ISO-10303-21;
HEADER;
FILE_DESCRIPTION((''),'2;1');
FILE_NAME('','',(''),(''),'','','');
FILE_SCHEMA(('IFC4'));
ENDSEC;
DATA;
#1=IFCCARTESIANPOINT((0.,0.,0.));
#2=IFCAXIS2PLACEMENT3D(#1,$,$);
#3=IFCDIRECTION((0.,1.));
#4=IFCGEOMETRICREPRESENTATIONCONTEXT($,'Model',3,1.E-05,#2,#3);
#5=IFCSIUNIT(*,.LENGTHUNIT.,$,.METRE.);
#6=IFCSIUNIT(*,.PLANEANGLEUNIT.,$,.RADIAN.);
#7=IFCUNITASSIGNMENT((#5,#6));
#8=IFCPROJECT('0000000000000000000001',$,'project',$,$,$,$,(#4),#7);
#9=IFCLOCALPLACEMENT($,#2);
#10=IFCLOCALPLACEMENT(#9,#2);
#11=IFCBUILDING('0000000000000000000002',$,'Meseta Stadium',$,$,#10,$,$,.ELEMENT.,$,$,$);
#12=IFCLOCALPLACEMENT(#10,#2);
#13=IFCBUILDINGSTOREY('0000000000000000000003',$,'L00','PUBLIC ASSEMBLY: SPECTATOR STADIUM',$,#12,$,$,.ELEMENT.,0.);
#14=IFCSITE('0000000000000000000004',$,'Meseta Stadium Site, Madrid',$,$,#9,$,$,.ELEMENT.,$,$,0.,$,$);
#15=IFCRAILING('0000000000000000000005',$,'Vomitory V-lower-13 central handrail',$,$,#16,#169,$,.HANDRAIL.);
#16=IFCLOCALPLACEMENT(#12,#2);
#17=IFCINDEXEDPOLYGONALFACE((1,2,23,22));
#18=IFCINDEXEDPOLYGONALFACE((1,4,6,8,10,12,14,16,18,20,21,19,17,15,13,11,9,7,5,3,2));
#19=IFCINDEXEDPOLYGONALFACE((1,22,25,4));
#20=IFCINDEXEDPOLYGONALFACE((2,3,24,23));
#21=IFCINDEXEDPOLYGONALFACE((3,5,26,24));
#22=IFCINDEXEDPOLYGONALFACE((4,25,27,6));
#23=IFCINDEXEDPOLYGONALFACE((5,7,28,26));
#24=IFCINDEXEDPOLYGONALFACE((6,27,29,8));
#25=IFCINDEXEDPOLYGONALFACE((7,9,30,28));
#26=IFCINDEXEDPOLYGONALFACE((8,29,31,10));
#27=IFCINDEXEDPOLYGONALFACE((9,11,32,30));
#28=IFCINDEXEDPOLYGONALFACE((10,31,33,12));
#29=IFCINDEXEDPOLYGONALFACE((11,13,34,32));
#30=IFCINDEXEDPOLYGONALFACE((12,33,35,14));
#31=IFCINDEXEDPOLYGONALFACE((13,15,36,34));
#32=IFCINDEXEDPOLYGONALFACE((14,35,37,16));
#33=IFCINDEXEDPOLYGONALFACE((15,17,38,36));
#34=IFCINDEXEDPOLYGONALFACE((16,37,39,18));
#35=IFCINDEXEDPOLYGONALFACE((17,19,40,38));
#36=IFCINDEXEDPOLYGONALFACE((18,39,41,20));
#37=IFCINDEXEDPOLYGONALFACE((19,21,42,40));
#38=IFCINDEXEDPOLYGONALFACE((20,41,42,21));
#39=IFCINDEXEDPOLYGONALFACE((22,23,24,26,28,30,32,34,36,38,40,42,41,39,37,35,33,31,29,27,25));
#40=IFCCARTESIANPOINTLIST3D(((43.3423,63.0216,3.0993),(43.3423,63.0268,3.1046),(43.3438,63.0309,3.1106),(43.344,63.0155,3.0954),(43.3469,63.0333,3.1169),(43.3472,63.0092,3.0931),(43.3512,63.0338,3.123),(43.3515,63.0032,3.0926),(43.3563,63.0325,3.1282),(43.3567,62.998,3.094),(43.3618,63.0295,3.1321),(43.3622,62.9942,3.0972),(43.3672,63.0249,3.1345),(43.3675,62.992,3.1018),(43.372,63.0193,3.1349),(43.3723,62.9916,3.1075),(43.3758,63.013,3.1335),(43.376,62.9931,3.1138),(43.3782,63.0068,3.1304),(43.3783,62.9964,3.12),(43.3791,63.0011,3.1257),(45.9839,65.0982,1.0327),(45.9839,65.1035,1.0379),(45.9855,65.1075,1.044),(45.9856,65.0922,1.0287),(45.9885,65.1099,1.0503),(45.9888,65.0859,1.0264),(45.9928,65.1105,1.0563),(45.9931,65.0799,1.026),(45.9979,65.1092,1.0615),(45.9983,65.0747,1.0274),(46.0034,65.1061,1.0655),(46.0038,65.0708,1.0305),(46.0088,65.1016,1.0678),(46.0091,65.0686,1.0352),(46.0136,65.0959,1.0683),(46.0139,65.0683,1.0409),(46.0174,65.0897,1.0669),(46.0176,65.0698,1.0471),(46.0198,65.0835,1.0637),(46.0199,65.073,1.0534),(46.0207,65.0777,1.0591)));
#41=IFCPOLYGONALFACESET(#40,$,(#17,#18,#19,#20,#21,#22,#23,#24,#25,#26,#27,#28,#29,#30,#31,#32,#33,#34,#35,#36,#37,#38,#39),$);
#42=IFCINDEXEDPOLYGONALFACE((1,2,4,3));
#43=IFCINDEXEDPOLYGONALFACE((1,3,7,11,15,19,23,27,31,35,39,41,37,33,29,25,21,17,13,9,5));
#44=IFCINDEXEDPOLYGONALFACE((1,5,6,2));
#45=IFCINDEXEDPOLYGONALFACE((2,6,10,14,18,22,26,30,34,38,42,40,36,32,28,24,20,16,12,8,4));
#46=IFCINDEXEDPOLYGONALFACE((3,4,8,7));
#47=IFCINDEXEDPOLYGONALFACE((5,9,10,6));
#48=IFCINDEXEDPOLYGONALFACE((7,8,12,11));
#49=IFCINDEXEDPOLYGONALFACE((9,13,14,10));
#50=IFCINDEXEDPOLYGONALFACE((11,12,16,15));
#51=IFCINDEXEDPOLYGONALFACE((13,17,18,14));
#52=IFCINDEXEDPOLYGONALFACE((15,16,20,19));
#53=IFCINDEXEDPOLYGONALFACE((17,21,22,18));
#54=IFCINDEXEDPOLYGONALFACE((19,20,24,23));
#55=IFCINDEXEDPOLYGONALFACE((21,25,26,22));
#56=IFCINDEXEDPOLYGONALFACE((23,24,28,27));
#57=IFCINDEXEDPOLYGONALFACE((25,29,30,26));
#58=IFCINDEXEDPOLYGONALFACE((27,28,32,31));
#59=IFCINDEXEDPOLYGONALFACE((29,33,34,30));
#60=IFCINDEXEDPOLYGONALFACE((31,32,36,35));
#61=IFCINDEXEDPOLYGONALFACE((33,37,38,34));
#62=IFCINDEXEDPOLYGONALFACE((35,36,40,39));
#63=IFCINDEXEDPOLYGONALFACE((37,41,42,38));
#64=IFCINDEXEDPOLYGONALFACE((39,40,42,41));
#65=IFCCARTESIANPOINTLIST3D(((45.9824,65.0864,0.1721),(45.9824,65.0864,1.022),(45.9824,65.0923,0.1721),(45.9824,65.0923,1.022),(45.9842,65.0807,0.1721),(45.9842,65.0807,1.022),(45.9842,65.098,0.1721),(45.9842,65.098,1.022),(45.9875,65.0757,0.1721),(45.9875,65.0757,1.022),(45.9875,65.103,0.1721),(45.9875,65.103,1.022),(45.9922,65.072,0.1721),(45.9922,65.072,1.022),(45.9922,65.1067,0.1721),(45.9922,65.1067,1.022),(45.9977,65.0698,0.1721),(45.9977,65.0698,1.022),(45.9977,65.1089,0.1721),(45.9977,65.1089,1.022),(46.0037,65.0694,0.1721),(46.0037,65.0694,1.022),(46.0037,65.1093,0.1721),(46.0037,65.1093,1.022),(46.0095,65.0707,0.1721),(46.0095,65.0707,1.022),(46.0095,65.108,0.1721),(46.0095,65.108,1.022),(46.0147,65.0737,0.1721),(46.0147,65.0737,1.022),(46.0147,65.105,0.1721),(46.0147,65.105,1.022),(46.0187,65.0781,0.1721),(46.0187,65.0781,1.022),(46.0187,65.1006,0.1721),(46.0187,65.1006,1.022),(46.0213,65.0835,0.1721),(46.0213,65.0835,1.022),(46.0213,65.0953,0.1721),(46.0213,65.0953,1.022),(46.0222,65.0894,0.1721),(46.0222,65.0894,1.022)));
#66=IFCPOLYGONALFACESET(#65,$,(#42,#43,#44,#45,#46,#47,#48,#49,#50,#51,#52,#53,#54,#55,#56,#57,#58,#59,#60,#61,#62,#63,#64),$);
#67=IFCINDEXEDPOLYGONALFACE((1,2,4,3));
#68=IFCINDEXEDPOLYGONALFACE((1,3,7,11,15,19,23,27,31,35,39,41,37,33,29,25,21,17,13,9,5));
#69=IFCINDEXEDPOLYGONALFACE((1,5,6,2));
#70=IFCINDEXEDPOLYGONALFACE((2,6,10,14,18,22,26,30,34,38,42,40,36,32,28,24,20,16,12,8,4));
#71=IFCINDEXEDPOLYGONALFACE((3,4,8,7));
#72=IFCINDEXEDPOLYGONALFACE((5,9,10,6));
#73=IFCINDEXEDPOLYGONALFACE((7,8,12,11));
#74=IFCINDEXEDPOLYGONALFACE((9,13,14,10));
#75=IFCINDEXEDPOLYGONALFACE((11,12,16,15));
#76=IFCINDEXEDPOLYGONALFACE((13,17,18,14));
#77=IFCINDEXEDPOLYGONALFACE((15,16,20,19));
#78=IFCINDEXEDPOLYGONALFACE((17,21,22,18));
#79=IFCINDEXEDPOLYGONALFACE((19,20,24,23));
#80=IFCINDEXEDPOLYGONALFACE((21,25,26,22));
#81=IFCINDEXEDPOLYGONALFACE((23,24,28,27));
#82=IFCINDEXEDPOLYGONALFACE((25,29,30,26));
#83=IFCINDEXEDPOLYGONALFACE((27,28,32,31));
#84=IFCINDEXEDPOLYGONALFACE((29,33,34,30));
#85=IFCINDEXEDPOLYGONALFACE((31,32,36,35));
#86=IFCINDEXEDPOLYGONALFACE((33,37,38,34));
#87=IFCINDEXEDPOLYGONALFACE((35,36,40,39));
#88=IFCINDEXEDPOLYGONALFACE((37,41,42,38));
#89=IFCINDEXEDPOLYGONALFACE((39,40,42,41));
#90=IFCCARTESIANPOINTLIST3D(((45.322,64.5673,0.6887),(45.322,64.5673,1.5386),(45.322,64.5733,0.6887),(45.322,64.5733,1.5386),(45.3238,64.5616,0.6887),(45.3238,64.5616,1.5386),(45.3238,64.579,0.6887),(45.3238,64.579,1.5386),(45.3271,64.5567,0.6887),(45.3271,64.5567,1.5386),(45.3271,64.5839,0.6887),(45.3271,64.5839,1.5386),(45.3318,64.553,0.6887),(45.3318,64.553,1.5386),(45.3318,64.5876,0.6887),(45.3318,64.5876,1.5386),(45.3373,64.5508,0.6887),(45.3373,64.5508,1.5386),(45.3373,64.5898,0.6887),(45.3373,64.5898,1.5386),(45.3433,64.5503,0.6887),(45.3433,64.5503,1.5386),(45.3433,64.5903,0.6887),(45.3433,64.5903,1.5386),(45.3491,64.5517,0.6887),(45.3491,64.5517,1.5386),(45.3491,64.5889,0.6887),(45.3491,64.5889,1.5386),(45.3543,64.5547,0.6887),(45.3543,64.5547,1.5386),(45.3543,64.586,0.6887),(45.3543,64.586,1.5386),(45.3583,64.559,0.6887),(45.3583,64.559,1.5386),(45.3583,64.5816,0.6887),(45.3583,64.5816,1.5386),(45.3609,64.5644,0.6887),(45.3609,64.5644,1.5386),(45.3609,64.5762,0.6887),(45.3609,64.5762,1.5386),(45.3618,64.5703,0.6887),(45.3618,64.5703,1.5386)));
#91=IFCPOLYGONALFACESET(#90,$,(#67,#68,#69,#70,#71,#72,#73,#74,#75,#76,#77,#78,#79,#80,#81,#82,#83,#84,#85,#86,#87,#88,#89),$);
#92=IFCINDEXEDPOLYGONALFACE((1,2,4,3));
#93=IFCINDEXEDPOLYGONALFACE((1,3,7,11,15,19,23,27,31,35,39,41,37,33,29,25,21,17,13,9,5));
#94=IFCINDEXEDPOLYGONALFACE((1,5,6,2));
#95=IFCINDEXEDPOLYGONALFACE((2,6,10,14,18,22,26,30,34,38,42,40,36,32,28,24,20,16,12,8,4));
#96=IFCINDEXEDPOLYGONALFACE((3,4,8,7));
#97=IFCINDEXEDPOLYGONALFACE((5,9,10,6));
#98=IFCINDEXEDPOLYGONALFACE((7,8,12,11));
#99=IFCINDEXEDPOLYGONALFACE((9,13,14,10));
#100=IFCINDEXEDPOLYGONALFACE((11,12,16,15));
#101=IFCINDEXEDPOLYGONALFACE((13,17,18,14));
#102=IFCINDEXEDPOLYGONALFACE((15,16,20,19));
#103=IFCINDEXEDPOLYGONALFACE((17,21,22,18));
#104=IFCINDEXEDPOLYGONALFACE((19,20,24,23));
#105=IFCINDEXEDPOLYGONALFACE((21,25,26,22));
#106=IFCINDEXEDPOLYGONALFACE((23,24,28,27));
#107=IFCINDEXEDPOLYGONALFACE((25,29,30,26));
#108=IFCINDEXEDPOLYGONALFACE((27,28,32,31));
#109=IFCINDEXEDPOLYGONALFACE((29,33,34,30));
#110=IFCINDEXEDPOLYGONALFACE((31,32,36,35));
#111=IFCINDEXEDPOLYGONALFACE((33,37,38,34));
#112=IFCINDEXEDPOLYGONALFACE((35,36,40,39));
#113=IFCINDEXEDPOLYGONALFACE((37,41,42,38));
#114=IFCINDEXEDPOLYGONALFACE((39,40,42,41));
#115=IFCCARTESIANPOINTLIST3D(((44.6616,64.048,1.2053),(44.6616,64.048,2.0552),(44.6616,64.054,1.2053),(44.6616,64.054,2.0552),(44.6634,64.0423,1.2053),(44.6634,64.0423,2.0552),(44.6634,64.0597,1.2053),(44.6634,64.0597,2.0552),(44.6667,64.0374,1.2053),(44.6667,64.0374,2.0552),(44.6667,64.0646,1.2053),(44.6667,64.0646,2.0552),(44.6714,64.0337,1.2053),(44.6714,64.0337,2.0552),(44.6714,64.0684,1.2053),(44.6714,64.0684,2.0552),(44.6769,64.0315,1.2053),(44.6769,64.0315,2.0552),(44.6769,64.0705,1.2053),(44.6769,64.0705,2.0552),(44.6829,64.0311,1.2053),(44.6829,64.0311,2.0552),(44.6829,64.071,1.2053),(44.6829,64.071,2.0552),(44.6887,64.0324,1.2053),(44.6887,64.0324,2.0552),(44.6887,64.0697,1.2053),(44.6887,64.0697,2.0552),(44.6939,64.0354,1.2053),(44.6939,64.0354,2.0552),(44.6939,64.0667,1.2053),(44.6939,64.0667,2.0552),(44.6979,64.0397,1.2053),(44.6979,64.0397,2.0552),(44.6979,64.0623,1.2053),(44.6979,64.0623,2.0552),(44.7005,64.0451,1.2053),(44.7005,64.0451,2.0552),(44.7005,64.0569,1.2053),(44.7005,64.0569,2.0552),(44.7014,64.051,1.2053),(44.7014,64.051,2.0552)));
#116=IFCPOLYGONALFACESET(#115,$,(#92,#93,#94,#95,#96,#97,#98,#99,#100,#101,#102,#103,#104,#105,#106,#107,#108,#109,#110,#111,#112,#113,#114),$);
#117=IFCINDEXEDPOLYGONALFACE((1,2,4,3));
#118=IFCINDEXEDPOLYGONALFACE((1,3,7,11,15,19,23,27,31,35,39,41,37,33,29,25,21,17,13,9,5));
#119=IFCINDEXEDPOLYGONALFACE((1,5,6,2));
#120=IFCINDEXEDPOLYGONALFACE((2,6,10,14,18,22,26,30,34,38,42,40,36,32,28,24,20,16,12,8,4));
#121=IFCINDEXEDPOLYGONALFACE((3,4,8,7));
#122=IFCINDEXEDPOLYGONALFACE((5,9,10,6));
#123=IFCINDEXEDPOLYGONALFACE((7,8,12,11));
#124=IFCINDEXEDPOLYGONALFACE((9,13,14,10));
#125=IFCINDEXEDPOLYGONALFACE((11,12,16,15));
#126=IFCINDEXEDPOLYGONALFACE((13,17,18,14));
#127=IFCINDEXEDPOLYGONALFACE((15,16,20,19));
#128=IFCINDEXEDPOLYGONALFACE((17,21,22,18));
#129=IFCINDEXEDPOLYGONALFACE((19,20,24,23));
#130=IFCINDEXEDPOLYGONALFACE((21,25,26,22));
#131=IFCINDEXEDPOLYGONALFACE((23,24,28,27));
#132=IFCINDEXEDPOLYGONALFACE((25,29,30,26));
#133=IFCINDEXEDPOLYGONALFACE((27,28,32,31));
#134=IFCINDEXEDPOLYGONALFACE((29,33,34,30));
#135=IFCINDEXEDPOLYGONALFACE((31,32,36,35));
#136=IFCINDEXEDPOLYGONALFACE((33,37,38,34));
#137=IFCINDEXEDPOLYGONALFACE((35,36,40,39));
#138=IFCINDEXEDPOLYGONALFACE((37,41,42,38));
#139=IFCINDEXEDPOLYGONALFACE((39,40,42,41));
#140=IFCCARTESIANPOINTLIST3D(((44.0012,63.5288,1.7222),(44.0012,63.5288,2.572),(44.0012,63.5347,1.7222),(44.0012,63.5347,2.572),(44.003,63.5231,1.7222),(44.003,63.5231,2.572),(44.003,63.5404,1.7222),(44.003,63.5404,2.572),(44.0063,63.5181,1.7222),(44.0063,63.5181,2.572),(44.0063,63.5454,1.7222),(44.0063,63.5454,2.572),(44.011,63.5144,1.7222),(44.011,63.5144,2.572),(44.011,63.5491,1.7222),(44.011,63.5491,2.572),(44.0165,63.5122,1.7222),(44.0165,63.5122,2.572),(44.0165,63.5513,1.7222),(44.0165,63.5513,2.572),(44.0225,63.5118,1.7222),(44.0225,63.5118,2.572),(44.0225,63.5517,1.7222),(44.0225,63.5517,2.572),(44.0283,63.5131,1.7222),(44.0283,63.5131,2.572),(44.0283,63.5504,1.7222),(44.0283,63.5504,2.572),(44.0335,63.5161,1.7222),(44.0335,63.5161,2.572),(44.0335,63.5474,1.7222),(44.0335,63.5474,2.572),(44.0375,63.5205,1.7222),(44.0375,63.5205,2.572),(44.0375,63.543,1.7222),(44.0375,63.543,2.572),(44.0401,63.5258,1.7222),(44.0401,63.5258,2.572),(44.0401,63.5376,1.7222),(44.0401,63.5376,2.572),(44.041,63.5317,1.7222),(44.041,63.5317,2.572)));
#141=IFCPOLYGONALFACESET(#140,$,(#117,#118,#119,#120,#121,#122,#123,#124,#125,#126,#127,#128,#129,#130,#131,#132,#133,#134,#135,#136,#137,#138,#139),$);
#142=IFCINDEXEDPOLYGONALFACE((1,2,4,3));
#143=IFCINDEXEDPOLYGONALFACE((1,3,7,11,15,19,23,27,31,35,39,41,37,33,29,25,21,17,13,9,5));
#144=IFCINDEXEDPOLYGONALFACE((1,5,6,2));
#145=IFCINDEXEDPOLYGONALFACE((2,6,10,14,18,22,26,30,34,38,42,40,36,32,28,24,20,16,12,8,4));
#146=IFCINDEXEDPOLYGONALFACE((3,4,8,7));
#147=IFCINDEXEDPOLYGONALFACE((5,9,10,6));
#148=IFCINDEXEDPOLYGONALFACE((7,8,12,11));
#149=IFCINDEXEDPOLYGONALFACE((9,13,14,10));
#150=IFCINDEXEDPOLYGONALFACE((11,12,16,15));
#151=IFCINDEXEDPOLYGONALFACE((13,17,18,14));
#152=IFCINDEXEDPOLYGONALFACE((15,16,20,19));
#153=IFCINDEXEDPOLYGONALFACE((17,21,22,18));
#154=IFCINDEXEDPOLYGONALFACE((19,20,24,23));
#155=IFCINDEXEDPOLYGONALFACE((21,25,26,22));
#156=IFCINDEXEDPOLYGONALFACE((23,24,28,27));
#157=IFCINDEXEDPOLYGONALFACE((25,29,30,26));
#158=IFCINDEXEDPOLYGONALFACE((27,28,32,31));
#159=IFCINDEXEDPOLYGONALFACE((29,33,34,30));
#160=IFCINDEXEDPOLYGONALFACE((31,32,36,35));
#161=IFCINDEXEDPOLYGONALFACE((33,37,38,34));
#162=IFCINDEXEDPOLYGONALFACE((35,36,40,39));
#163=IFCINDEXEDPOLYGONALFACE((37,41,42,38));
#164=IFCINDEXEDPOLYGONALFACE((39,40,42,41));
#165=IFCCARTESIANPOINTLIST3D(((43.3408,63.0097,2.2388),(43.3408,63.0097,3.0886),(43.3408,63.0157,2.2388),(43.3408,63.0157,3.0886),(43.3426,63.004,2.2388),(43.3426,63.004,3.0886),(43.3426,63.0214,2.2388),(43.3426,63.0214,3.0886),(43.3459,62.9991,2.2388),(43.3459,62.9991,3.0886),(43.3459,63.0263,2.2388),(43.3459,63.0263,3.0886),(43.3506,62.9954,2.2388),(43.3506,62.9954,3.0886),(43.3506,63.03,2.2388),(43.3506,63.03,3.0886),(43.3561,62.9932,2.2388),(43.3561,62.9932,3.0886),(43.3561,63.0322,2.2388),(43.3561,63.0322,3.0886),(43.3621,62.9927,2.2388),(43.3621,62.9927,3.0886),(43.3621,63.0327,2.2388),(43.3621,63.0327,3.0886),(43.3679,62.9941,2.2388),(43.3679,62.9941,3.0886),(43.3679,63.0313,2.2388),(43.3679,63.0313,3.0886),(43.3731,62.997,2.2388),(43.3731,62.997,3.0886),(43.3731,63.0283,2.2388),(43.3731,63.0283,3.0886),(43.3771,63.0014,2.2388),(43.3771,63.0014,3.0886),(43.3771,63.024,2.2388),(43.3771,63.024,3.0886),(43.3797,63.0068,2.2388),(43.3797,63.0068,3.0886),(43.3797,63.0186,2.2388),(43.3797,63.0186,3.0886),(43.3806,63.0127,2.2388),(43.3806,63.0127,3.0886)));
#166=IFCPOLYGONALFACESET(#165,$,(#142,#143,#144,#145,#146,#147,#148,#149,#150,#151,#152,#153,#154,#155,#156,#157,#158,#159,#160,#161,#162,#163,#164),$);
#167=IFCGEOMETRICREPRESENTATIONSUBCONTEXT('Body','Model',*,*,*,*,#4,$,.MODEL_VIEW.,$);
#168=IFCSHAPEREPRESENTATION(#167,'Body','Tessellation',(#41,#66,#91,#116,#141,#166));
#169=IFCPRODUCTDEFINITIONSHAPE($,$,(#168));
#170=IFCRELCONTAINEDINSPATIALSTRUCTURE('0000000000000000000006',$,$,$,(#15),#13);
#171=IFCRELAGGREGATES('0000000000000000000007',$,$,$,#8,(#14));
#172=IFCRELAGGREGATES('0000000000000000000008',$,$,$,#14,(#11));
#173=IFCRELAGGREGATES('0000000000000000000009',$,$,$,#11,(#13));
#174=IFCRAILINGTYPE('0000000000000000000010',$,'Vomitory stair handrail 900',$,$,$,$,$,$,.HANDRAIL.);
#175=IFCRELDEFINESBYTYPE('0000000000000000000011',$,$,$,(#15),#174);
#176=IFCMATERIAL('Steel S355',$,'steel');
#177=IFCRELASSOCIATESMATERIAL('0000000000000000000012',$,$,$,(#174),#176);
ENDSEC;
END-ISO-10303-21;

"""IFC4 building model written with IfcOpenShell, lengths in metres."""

from ifc_helpers import new_model, si_unit, direction, frame, origin, origin_2d, place, context, subcontext, project, spatial, circle, extrude, material, type_object, element, save


model = new_model("IFC4")

# Units and contexts
model_context = context("Model", 3, precision=1e-05, world=origin(), true_north=direction((0.0, 1.0)))
body_context = subcontext(model_context, "Body", "Model", "MODEL_VIEW")
ifc_project = project(units=[si_unit("LENGTHUNIT", "METRE"), si_unit("PLANEANGLEUNIT", "RADIAN")], contexts=[model_context])

# Site, building, storey
site_placement = place(None, origin())
site = spatial("IfcSite", under=ifc_project, at=site_placement, Name="Meseta Stadium Site, Madrid", CompositionType="ELEMENT", RefElevation=0.0)
building_placement = place(site_placement, origin())
building = spatial("IfcBuilding", under=site, at=building_placement, Name="Meseta Stadium", CompositionType="ELEMENT")
storey_placement = place(building_placement, origin())
storey = spatial("IfcBuildingStorey", under=building, at=storey_placement, Name="L00", Description="PUBLIC ASSEMBLY: SPECTATOR STADIUM", CompositionType="ELEMENT", Elevation=0.0)

# Railing
ifc_material_1 = material(Name="Steel S355", Category="steel")
railing_type_1 = type_object("IfcRailingType", Name="Vomitory stair handrail 900", PredefinedType="HANDRAIL", material=ifc_material_1)
railing_1_placement = place(storey_placement, frame((46.0022, 65.0894, 0.1721)))
element("IfcRailing", 1, at=railing_1_placement, inside=storey, type_object=railing_type_1, Name="Vomitory V-lower-13 central handrail", PredefinedType="HANDRAIL", context=body_context, shape_type="SweptSolid", body=[
    extrude(circle(Radius=0.0249, at=origin_2d()), frame((0.0, 0.0, 0.875), z_axis=(-0.669638, -0.526427, 0.523889), x_axis=(0.618027, -0.786157, 0.0)), (0.0, 0.0, 1.0), 3.9448),
    extrude(circle(Radius=0.02, at=origin_2d()), origin(), (0.0, 0.0, 1.0), 0.8499),
    extrude(circle(Radius=0.02, at=origin_2d()), frame((-0.6604, -0.519, 0.5166)), (0.0, 0.0, 1.0), 0.8499),
    extrude(circle(Radius=0.02, at=origin_2d()), frame((-1.3208, -1.0383, 1.0332)), (0.0, 0.0, 1.0), 0.8499),
    extrude(circle(Radius=0.02, at=origin_2d()), frame((-1.9812, -1.5576, 1.55)), (0.0, 0.0, 1.0), 0.8499),
    extrude(circle(Radius=0.02, at=origin_2d()), frame((-2.6416, -2.0767, 2.0667)), (0.0, 0.0, 1.0), 0.8499),
])

save(model, "model.ifc")
